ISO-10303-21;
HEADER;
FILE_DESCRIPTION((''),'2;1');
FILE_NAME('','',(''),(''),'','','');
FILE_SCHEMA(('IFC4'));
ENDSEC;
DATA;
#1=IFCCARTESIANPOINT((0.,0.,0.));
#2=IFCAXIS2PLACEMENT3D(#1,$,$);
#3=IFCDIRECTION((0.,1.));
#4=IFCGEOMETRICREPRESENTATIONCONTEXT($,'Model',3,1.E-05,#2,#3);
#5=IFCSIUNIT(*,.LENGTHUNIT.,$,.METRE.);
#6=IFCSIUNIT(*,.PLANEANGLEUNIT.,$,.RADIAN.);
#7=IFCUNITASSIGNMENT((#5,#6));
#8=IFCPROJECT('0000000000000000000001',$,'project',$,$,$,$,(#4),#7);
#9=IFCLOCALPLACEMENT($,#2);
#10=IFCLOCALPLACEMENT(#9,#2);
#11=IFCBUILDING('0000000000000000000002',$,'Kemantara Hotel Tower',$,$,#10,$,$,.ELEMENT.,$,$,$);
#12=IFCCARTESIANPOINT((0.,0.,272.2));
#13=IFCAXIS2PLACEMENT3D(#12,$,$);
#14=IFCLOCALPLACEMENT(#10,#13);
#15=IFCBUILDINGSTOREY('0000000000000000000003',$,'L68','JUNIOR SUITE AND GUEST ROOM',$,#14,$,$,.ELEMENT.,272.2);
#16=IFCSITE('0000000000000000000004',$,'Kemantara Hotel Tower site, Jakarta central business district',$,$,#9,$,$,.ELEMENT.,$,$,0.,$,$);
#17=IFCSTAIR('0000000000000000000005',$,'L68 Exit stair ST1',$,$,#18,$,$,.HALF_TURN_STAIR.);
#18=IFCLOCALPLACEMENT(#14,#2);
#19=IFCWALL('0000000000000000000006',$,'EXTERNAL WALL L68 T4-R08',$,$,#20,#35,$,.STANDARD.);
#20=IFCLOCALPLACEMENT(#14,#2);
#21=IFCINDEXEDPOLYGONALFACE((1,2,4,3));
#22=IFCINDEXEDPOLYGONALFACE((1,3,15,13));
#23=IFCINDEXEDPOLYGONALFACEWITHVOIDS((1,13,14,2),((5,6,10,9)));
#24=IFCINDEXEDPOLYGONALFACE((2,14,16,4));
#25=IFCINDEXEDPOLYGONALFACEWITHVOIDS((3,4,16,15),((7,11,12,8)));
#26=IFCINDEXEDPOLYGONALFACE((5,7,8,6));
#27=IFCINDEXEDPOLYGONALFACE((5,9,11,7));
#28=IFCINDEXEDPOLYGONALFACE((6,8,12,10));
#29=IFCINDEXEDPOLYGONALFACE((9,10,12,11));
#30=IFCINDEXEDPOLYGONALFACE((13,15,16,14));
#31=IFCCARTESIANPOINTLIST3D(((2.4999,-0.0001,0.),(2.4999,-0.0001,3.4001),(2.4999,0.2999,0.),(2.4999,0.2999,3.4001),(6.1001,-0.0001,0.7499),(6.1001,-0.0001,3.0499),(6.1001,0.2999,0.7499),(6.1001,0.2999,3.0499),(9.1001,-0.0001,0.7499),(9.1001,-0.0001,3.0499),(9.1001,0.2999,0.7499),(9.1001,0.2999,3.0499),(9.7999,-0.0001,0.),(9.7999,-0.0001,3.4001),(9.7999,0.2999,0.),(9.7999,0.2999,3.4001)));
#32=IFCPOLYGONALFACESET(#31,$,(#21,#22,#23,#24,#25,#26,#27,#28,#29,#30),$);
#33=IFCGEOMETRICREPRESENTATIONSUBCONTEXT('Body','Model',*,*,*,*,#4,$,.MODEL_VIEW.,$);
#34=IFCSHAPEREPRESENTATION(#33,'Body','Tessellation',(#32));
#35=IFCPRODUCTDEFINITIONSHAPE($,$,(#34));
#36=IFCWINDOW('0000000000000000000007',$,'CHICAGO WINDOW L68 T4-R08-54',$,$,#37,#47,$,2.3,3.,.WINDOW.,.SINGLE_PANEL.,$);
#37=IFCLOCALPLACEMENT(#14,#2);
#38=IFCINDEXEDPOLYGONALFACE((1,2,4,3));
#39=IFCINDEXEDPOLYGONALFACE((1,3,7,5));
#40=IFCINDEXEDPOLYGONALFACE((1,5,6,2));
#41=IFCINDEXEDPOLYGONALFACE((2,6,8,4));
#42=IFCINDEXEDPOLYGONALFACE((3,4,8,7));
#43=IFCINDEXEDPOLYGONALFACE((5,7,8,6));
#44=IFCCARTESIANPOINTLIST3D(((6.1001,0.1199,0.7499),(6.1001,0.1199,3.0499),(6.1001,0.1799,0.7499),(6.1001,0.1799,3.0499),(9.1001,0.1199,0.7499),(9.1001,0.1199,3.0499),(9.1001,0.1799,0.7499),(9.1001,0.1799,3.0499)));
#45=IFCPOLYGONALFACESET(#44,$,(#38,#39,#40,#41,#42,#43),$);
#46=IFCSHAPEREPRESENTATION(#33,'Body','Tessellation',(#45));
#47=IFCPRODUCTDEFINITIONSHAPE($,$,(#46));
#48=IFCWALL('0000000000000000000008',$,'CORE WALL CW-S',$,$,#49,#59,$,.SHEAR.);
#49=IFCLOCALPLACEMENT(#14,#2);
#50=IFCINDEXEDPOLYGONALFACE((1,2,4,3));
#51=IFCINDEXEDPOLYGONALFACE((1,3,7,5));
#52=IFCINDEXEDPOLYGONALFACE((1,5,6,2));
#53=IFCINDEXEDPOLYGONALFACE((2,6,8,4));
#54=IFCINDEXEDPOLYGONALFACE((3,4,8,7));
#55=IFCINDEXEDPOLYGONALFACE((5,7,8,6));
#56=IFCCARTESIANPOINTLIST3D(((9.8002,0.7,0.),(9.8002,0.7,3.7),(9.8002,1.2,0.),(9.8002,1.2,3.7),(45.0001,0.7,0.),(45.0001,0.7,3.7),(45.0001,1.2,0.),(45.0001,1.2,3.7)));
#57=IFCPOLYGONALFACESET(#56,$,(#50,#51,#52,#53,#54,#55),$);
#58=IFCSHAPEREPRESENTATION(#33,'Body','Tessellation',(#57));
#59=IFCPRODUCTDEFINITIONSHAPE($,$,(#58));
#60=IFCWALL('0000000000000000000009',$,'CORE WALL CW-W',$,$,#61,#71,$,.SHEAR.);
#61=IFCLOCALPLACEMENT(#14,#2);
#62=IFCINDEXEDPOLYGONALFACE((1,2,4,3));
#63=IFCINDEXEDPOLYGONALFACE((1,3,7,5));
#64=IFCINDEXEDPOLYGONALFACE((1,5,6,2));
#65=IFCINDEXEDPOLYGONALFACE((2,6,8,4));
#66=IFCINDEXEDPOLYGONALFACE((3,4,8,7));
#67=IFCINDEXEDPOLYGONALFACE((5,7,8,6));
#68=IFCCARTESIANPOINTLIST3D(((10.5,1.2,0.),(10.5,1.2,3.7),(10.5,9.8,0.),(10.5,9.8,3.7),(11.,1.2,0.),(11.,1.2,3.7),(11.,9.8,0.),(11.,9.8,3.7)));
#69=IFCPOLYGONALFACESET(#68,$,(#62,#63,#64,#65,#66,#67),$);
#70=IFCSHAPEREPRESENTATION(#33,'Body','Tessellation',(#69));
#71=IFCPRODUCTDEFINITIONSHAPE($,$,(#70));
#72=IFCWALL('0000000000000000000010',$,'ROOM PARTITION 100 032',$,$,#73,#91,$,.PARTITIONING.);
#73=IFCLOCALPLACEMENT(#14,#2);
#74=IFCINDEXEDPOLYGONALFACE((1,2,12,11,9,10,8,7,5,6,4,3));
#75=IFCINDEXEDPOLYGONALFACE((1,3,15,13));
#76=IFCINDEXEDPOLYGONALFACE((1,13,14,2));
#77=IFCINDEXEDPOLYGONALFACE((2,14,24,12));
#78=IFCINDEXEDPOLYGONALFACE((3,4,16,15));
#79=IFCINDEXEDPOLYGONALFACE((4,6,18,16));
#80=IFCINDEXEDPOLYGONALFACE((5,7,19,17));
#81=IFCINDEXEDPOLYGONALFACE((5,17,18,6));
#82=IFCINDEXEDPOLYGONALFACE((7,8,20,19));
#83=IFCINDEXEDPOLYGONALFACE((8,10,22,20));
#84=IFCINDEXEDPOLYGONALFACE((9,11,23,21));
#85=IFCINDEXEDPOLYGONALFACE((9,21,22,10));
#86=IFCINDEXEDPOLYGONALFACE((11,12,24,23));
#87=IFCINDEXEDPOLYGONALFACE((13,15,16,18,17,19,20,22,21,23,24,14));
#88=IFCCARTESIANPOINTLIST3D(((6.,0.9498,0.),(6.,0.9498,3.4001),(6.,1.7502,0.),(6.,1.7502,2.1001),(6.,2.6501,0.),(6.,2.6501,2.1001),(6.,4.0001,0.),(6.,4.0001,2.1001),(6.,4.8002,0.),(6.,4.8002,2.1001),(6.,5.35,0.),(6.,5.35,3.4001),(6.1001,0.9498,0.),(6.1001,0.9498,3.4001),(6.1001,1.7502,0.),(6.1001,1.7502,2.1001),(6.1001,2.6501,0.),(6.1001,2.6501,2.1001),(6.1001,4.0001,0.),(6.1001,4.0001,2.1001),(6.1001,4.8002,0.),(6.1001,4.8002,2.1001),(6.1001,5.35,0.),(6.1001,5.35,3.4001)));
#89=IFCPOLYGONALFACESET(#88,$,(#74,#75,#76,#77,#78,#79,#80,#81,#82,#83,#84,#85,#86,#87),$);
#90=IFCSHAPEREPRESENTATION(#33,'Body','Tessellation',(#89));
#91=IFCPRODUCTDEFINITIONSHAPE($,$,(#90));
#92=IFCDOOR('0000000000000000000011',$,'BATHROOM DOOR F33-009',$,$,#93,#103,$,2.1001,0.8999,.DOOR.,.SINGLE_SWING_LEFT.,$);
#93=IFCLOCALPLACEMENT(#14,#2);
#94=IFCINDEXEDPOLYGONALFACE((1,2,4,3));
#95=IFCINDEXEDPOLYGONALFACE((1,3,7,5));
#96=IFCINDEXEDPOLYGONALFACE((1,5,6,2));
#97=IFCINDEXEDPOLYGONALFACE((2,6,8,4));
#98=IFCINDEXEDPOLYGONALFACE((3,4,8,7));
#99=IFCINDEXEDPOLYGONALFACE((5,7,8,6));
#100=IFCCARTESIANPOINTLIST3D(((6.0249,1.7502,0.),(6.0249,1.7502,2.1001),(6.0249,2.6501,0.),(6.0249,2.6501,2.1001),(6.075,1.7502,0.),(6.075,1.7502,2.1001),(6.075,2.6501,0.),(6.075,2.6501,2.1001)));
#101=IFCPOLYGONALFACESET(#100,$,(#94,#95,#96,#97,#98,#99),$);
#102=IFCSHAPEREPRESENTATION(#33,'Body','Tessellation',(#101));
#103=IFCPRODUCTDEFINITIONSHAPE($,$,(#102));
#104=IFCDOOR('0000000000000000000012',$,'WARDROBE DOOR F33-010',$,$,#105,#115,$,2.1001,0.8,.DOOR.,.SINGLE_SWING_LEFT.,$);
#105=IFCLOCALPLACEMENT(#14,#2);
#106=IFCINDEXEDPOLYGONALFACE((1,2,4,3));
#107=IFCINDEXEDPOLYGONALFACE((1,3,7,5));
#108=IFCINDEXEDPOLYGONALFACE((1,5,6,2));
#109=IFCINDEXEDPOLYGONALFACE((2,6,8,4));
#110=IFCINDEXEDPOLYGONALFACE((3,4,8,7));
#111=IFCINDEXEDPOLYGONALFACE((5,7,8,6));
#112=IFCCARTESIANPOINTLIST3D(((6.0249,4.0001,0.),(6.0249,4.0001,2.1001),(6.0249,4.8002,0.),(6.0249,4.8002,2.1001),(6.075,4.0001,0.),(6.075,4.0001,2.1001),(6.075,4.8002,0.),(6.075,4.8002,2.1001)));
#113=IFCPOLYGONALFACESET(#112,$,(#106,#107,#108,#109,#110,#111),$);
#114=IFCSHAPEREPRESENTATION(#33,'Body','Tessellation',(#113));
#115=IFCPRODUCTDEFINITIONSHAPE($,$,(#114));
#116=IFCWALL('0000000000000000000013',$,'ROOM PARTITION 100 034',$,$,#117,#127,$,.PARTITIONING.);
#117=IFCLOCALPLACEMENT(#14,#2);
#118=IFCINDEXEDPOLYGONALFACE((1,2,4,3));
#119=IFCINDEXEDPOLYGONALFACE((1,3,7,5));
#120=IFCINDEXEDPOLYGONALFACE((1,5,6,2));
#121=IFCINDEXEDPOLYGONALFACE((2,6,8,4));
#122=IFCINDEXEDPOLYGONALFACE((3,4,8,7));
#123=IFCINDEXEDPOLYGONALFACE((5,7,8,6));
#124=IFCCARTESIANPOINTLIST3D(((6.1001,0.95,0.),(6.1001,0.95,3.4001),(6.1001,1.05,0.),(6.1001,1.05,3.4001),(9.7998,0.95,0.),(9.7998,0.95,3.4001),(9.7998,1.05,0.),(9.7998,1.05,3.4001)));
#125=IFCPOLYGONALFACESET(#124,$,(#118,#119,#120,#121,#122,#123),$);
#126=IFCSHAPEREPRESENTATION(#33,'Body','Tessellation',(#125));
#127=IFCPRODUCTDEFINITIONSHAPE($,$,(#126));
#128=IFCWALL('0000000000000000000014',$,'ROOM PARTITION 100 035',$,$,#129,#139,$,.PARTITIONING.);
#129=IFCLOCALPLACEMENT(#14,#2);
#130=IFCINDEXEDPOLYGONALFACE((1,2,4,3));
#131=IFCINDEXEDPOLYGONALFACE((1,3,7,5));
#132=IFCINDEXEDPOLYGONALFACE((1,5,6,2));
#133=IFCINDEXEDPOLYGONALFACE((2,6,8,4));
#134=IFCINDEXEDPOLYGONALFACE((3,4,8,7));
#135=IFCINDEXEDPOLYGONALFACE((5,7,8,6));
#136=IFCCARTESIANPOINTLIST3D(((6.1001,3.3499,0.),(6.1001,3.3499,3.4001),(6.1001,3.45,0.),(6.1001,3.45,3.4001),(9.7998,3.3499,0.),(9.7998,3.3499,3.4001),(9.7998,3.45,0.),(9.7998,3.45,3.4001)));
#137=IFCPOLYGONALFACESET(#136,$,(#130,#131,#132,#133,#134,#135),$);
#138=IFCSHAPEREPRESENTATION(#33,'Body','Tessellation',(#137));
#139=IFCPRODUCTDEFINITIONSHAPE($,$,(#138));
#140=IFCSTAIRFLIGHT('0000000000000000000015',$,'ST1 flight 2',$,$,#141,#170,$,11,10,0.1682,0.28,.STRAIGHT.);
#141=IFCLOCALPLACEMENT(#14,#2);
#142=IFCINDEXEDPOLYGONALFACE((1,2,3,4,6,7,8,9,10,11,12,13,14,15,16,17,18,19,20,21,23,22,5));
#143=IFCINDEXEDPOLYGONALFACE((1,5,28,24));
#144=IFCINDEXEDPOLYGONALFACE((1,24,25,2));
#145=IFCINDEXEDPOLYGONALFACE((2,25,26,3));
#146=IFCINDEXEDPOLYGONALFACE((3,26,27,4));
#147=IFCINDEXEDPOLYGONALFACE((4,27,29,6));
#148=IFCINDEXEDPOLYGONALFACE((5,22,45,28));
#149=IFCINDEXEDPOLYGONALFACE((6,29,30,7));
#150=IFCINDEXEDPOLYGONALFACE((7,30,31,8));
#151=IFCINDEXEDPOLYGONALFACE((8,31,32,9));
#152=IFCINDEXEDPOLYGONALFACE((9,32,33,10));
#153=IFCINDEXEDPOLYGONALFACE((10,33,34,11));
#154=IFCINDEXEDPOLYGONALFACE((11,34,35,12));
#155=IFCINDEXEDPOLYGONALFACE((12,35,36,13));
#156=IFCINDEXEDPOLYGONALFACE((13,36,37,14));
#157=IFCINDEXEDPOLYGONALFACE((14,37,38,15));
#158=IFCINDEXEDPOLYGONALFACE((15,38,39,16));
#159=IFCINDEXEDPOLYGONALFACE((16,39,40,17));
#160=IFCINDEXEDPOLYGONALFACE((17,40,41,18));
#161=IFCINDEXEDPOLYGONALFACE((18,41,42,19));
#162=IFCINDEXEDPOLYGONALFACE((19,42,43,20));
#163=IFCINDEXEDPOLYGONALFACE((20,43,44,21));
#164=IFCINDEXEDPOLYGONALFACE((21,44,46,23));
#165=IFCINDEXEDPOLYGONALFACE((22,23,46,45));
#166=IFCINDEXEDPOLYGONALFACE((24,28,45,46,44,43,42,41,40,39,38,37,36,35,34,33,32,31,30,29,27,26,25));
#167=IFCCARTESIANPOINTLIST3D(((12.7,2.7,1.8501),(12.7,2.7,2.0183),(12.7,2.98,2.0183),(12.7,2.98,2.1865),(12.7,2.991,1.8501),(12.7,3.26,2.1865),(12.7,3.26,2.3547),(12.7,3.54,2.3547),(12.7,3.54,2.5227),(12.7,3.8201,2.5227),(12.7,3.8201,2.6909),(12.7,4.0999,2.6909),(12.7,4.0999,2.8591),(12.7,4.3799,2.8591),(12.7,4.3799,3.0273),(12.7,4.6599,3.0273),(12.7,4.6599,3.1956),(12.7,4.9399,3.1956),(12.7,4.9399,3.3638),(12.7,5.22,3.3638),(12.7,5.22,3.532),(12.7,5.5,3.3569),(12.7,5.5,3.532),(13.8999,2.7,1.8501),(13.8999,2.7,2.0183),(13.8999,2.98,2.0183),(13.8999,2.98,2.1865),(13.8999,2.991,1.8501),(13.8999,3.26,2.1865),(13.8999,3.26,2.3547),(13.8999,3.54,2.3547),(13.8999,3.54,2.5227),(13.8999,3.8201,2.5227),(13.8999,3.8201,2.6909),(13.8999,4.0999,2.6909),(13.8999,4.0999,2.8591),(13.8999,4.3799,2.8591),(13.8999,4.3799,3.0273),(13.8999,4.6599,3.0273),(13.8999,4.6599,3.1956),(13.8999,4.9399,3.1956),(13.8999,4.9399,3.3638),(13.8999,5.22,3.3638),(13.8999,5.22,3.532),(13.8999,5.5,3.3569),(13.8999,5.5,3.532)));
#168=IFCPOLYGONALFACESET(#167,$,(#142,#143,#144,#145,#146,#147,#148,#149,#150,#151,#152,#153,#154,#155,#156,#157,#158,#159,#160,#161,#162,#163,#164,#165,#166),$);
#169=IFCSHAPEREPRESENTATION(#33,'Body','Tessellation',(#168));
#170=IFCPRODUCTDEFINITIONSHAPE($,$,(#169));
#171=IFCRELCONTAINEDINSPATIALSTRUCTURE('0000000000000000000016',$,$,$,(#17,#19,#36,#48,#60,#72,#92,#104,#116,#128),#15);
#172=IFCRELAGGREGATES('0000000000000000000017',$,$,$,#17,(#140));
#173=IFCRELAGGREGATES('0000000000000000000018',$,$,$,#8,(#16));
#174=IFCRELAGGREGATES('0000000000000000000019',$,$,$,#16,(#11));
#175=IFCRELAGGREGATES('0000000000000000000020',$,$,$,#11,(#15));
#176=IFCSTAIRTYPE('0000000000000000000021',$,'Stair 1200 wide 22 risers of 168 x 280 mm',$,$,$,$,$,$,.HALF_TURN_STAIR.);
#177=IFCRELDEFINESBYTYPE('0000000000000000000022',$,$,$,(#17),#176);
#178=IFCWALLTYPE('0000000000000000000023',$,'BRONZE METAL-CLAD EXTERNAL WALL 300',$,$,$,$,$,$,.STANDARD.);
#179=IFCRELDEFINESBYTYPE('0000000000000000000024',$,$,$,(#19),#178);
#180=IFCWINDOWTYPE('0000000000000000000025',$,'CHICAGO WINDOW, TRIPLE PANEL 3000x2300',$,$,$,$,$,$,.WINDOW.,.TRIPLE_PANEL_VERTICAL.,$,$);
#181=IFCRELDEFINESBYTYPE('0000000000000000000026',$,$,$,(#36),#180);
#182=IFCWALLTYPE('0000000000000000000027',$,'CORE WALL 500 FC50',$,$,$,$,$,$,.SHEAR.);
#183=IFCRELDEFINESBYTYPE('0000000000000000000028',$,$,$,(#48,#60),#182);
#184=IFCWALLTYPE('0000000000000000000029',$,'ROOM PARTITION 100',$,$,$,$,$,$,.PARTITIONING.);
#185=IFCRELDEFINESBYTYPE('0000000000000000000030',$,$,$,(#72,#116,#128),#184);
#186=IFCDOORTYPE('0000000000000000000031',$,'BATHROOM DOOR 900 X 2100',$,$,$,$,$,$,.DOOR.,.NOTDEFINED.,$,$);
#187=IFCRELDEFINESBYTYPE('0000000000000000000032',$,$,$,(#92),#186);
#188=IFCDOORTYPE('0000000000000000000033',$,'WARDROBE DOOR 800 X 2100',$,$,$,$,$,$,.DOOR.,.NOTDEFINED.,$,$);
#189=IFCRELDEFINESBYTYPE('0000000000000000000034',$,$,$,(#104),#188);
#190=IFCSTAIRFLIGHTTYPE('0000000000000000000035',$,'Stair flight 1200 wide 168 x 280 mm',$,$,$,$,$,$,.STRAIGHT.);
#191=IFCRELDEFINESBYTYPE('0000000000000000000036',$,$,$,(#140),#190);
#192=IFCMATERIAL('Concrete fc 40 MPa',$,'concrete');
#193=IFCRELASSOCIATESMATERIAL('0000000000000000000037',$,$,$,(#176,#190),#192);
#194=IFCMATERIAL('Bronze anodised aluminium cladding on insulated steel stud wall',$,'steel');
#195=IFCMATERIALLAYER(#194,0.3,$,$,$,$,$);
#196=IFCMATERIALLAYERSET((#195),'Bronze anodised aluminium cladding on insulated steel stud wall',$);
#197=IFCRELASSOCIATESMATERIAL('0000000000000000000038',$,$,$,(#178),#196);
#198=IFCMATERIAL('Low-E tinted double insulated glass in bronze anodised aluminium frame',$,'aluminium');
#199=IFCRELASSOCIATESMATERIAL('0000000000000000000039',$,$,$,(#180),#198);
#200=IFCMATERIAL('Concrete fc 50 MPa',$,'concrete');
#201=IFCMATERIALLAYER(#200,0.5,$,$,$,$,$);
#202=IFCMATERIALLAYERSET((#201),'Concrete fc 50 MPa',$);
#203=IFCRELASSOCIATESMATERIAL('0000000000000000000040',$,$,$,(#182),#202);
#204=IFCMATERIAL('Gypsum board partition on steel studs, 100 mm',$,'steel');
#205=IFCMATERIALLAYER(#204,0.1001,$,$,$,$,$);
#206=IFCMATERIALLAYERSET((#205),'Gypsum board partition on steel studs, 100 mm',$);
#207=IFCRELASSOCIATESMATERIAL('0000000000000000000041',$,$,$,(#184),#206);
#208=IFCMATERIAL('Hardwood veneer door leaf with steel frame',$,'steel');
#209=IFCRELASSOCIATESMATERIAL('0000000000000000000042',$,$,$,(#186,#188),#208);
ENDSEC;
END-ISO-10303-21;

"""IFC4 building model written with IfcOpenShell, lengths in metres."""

from ifc_helpers import new_model, si_unit, direction, frame, frame_2d, origin, place, context, subcontext, project, spatial, polyline, rectangle, outline, extrude, material, layer, layer_set, type_object, element, fill, aggregate, save


model = new_model("IFC4")

# Units and contexts
model_context = context("Model", 3, precision=1e-05, world=origin(), true_north=direction((0.0, 1.0)))
body_context = subcontext(model_context, "Body", "Model", "MODEL_VIEW")
ifc_project = project(units=[si_unit("LENGTHUNIT", "METRE"), si_unit("PLANEANGLEUNIT", "RADIAN")], contexts=[model_context])

# Site, building, storey
site_placement = place(None, origin())
site = spatial("IfcSite", under=ifc_project, at=site_placement, Name="Kemantara Hotel Tower site, Jakarta central business district", CompositionType="ELEMENT", RefElevation=0.0)
building_placement = place(site_placement, origin())
building = spatial("IfcBuilding", under=site, at=building_placement, Name="Kemantara Hotel Tower", CompositionType="ELEMENT")
storey_placement = place(building_placement, frame((0.0, 0.0, 272.2)))
storey = spatial("IfcBuildingStorey", under=building, at=storey_placement, Name="L68", Description="JUNIOR SUITE AND GUEST ROOM", CompositionType="ELEMENT", Elevation=272.2)

# Shared definitions
ifc_material_1 = material(Name="Concrete fc 50 MPa", Category="concrete")

# Shared definitions
ifc_material_2 = material(Name="Concrete fc 40 MPa", Category="concrete")

# Stair
stair_type_1 = type_object("IfcStairType", Name="Stair 1200 wide 22 risers of 168 x 280 mm", PredefinedType="HALF_TURN_STAIR", material=ifc_material_2)
stair_1_placement = place(storey_placement, origin())
stair_1 = element("IfcStair", 1, at=stair_1_placement, inside=storey, type_object=stair_type_1, Name="L68 Exit stair ST1", PredefinedType="HALF_TURN_STAIR")

# Shared definitions
ifc_material_3 = material(Name="Bronze anodised aluminium cladding on insulated steel stud wall", Category="steel")
ifc_layer_1 = layer(ifc_material_3, 0.3)
ifc_layer_set_1 = layer_set([ifc_layer_1], Name="Bronze anodised aluminium cladding on insulated steel stud wall")
wall_type_1 = type_object("IfcWallType", Name="BRONZE METAL-CLAD EXTERNAL WALL 300", PredefinedType="STANDARD", material=ifc_layer_set_1)

# Wall, opening, window
wall_1_placement = place(storey_placement, frame((2.5, 0.1499, 0.0), z_axis=(0.0, 0.0, 1.0), x_axis=(1.0, 0.0, 0.0)))
wall_1 = element("IfcWall", 2, at=wall_1_placement, inside=storey, type_object=wall_type_1, Name="EXTERNAL WALL L68 T4-R08", PredefinedType="STANDARD", context=body_context, shape_type="SweptSolid", body=[
    extrude(rectangle(XDim=7.3, YDim=0.3, at=frame_2d((3.6499, 0.0))), origin(), (0.0, 0.0, 1.0), 3.4001),
])
opening_1_placement = place(wall_1_placement, frame((3.6001, 0.0, 0.75)))
opening_1 = element("IfcOpeningElement", 3, at=opening_1_placement, cuts=wall_1, PredefinedType="OPENING", context=body_context, shape_type="SweptSolid", body=[
    extrude(rectangle(XDim=3.0, YDim=2.3, at=frame_2d((1.5, 1.1499))), frame((0.0, 0.1599, 0.0), z_axis=(0.0, -1.0, 0.0), x_axis=(1.0, 0.0, 0.0)), (0.0, 0.0, 1.0), 0.3201),
])
ifc_material_4 = material(Name="Low-E tinted double insulated glass in bronze anodised aluminium frame", Category="aluminium")
window_type = type_object("IfcWindowType", Name="CHICAGO WINDOW, TRIPLE PANEL 3000x2300", PartitioningType="TRIPLE_PANEL_VERTICAL", PredefinedType="WINDOW", material=ifc_material_4)
window_placement = place(opening_1_placement, origin())
window = element("IfcWindow", 4, at=window_placement, inside=storey, type_object=window_type, Name="CHICAGO WINDOW L68 T4-R08-54", OverallHeight=2.3, OverallWidth=3.0, PartitioningType="SINGLE_PANEL", PredefinedType="WINDOW", context=body_context, shape_type="SweptSolid", body=[
    extrude(rectangle(XDim=3.0, YDim=2.3, at=frame_2d((1.5, 1.1499))), frame((0.0, 0.03, 0.0), z_axis=(0.0, -1.0, 0.0), x_axis=(1.0, 0.0, 0.0)), (0.0, 0.0, 1.0), 0.0601),
])
fill(opening_1, window)

# Walls
ifc_layer_2 = layer(ifc_material_1, 0.5)
ifc_layer_set_2 = layer_set([ifc_layer_2], Name="Concrete fc 50 MPa")
wall_type_2 = type_object("IfcWallType", Name="CORE WALL 500 FC50", PredefinedType="SHEAR", material=ifc_layer_set_2)
wall_2_placement = place(storey_placement, frame((9.8, 0.95, 0.0), z_axis=(0.0, 0.0, 1.0), x_axis=(1.0, 0.0, 0.0)))
element("IfcWall", 5, at=wall_2_placement, inside=storey, type_object=wall_type_2, Name="CORE WALL CW-S", PredefinedType="SHEAR", context=body_context, shape_type="SweptSolid", body=[
    extrude(rectangle(XDim=35.2, YDim=0.5, at=frame_2d((17.6001, 0.0))), origin(), (0.0, 0.0, 1.0), 3.7),
])
wall_3_placement = place(storey_placement, frame((10.75, 1.2, 0.0), z_axis=(0.0, 0.0, 1.0), x_axis=(0.0, 1.0, 0.0)))
element("IfcWall", 6, at=wall_3_placement, inside=storey, type_object=wall_type_2, Name="CORE WALL CW-W", PredefinedType="SHEAR", context=body_context, shape_type="SweptSolid", body=[
    extrude(rectangle(XDim=8.6001, YDim=0.5, at=frame_2d((4.3, 0.0))), origin(), (0.0, 0.0, 1.0), 3.7),
])

# Wall, openings, doors
ifc_material_5 = material(Name="Gypsum board partition on steel studs, 100 mm", Category="steel")
ifc_layer_3 = layer(ifc_material_5, 0.1001)
ifc_layer_set_3 = layer_set([ifc_layer_3], Name="Gypsum board partition on steel studs, 100 mm")
wall_type_3 = type_object("IfcWallType", Name="ROOM PARTITION 100", PredefinedType="PARTITIONING", material=ifc_layer_set_3)
wall_4_placement = place(storey_placement, frame((6.05, 5.3501, 0.0), z_axis=(0.0, 0.0, 1.0), x_axis=(0.0, -1.0, 0.0)))
wall_4 = element("IfcWall", 7, at=wall_4_placement, inside=storey, type_object=wall_type_3, Name="ROOM PARTITION 100 032", PredefinedType="PARTITIONING", context=body_context, shape_type="SweptSolid", body=[
    extrude(rectangle(XDim=4.4001, YDim=0.1001, at=frame_2d((2.2002, 0.0))), origin(), (0.0, 0.0, 1.0), 3.4001),
])
opening_2_placement = place(wall_4_placement, frame((2.7, 0.0, 0.0)))
opening_2 = element("IfcOpeningElement", 8, at=opening_2_placement, cuts=wall_4, PredefinedType="OPENING", context=body_context, shape_type="SweptSolid", body=[
    extrude(rectangle(XDim=0.8999, YDim=2.1001, at=frame_2d((0.45, 1.05))), frame((0.0, 0.0601, 0.0), z_axis=(0.0, -1.0, 0.0), x_axis=(1.0, 0.0, 0.0)), (0.0, 0.0, 1.0), 0.1201),
])
opening_3_placement = place(wall_4_placement, frame((0.55, 0.0, 0.0)))
opening_3 = element("IfcOpeningElement", 9, at=opening_3_placement, cuts=wall_4, PredefinedType="OPENING", context=body_context, shape_type="SweptSolid", body=[
    extrude(rectangle(XDim=0.8, YDim=2.1001, at=frame_2d((0.3999, 1.05))), frame((0.0, 0.0601, 0.0), z_axis=(0.0, -1.0, 0.0), x_axis=(1.0, 0.0, 0.0)), (0.0, 0.0, 1.0), 0.1201),
])
ifc_material_6 = material(Name="Hardwood veneer door leaf with steel frame", Category="steel")
door_type_1 = type_object("IfcDoorType", Name="BATHROOM DOOR 900 X 2100", OperationType="NOTDEFINED", PredefinedType="DOOR", material=ifc_material_6)
door_1_placement = place(opening_2_placement, origin())
door_1 = element("IfcDoor", 10, at=door_1_placement, inside=storey, type_object=door_type_1, Name="BATHROOM DOOR F33-009", OperationType="SINGLE_SWING_LEFT", OverallHeight=2.1001, OverallWidth=0.8999, PredefinedType="DOOR", context=body_context, shape_type="SweptSolid", body=[
    extrude(rectangle(XDim=0.8999, YDim=2.1001, at=frame_2d((0.45, 1.05))), frame((0.0, 0.0249, 0.0), z_axis=(0.0, -1.0, 0.0), x_axis=(1.0, 0.0, 0.0)), (0.0, 0.0, 1.0), 0.05),
])
fill(opening_2, door_1)
door_type_2 = type_object("IfcDoorType", Name="WARDROBE DOOR 800 X 2100", OperationType="NOTDEFINED", PredefinedType="DOOR", material=ifc_material_6)
door_2_placement = place(opening_3_placement, origin())
door_2 = element("IfcDoor", 11, at=door_2_placement, inside=storey, type_object=door_type_2, Name="WARDROBE DOOR F33-010", OperationType="SINGLE_SWING_LEFT", OverallHeight=2.1001, OverallWidth=0.8, PredefinedType="DOOR", context=body_context, shape_type="SweptSolid", body=[
    extrude(rectangle(XDim=0.8, YDim=2.1001, at=frame_2d((0.3999, 1.05))), frame((0.0, 0.0249, 0.0), z_axis=(0.0, -1.0, 0.0), x_axis=(1.0, 0.0, 0.0)), (0.0, 0.0, 1.0), 0.05),
])
fill(opening_3, door_2)

# Walls
for number, where, z_axis, x_axis, name in (
    (12, (6.1001, 1.0, 0.0), (0.0, 0.0, 1.0), (1.0, 0.0, 0.0), "ROOM PARTITION 100 034"),
    (13, (6.1001, 3.3999, 0.0), (0.0, 0.0, 1.0), (1.0, 0.0, 0.0), "ROOM PARTITION 100 035"),
):
    element("IfcWall", number, at=place(storey_placement, frame(where, z_axis=z_axis, x_axis=x_axis)), inside=storey, type_object=wall_type_3, Name=name, PredefinedType="PARTITIONING", context=body_context, shape_type="SweptSolid", body=[
        extrude(rectangle(XDim=3.6997, YDim=0.1001, at=frame_2d((1.8499, 0.0))), origin(), (0.0, 0.0, 1.0), 3.4001),
    ])

# Stair flight
stair_flight_type = type_object("IfcStairFlightType", Name="Stair flight 1200 wide 168 x 280 mm", PredefinedType="STRAIGHT", material=ifc_material_2)
stair_flight_placement = place(storey_placement, frame((13.3, 2.7, 1.8501), z_axis=(0.0, 0.0, 1.0), x_axis=(0.0, 1.0, 0.0)))
stair_flight = element("IfcStairFlight", 14, at=stair_flight_placement, type_object=stair_flight_type, Name="ST1 flight 2", NumberOfRisers=11, NumberOfTreads=10, PredefinedType="STRAIGHT", RiserHeight=0.1682, TreadLength=0.28, context=body_context, shape_type="SweptSolid", body=[
    extrude(outline(polyline([(0.0, 0.0), (0.0, 0.1682), (0.28, 0.1682), (0.28, 0.3364), (0.5601, 0.3364), (0.5601, 0.5046), (0.8401, 0.5046), (0.8401, 0.6726), (1.1201, 0.6726), (1.1201, 0.8408), (1.3999, 0.8408), (1.3999, 1.009), (1.6799, 1.009), (1.6799, 1.1772), (1.96, 1.1772), (1.96, 1.3455), (2.24, 1.3455), (2.24, 1.5137), (2.52, 1.5137), (2.52, 1.6819), (2.8, 1.6819), (2.8, 1.8501), (2.8, 1.5068), (0.291, 0.0), (0.0, 0.0)])), frame((0.0, 0.6001, 0.0), z_axis=(0.0, -1.0, 0.0), x_axis=(1.0, 0.0, 0.0)), (0.0, 0.0, 1.0), 1.2),
])
aggregate(stair_1, [stair_flight])

save(model, "model.ifc")
